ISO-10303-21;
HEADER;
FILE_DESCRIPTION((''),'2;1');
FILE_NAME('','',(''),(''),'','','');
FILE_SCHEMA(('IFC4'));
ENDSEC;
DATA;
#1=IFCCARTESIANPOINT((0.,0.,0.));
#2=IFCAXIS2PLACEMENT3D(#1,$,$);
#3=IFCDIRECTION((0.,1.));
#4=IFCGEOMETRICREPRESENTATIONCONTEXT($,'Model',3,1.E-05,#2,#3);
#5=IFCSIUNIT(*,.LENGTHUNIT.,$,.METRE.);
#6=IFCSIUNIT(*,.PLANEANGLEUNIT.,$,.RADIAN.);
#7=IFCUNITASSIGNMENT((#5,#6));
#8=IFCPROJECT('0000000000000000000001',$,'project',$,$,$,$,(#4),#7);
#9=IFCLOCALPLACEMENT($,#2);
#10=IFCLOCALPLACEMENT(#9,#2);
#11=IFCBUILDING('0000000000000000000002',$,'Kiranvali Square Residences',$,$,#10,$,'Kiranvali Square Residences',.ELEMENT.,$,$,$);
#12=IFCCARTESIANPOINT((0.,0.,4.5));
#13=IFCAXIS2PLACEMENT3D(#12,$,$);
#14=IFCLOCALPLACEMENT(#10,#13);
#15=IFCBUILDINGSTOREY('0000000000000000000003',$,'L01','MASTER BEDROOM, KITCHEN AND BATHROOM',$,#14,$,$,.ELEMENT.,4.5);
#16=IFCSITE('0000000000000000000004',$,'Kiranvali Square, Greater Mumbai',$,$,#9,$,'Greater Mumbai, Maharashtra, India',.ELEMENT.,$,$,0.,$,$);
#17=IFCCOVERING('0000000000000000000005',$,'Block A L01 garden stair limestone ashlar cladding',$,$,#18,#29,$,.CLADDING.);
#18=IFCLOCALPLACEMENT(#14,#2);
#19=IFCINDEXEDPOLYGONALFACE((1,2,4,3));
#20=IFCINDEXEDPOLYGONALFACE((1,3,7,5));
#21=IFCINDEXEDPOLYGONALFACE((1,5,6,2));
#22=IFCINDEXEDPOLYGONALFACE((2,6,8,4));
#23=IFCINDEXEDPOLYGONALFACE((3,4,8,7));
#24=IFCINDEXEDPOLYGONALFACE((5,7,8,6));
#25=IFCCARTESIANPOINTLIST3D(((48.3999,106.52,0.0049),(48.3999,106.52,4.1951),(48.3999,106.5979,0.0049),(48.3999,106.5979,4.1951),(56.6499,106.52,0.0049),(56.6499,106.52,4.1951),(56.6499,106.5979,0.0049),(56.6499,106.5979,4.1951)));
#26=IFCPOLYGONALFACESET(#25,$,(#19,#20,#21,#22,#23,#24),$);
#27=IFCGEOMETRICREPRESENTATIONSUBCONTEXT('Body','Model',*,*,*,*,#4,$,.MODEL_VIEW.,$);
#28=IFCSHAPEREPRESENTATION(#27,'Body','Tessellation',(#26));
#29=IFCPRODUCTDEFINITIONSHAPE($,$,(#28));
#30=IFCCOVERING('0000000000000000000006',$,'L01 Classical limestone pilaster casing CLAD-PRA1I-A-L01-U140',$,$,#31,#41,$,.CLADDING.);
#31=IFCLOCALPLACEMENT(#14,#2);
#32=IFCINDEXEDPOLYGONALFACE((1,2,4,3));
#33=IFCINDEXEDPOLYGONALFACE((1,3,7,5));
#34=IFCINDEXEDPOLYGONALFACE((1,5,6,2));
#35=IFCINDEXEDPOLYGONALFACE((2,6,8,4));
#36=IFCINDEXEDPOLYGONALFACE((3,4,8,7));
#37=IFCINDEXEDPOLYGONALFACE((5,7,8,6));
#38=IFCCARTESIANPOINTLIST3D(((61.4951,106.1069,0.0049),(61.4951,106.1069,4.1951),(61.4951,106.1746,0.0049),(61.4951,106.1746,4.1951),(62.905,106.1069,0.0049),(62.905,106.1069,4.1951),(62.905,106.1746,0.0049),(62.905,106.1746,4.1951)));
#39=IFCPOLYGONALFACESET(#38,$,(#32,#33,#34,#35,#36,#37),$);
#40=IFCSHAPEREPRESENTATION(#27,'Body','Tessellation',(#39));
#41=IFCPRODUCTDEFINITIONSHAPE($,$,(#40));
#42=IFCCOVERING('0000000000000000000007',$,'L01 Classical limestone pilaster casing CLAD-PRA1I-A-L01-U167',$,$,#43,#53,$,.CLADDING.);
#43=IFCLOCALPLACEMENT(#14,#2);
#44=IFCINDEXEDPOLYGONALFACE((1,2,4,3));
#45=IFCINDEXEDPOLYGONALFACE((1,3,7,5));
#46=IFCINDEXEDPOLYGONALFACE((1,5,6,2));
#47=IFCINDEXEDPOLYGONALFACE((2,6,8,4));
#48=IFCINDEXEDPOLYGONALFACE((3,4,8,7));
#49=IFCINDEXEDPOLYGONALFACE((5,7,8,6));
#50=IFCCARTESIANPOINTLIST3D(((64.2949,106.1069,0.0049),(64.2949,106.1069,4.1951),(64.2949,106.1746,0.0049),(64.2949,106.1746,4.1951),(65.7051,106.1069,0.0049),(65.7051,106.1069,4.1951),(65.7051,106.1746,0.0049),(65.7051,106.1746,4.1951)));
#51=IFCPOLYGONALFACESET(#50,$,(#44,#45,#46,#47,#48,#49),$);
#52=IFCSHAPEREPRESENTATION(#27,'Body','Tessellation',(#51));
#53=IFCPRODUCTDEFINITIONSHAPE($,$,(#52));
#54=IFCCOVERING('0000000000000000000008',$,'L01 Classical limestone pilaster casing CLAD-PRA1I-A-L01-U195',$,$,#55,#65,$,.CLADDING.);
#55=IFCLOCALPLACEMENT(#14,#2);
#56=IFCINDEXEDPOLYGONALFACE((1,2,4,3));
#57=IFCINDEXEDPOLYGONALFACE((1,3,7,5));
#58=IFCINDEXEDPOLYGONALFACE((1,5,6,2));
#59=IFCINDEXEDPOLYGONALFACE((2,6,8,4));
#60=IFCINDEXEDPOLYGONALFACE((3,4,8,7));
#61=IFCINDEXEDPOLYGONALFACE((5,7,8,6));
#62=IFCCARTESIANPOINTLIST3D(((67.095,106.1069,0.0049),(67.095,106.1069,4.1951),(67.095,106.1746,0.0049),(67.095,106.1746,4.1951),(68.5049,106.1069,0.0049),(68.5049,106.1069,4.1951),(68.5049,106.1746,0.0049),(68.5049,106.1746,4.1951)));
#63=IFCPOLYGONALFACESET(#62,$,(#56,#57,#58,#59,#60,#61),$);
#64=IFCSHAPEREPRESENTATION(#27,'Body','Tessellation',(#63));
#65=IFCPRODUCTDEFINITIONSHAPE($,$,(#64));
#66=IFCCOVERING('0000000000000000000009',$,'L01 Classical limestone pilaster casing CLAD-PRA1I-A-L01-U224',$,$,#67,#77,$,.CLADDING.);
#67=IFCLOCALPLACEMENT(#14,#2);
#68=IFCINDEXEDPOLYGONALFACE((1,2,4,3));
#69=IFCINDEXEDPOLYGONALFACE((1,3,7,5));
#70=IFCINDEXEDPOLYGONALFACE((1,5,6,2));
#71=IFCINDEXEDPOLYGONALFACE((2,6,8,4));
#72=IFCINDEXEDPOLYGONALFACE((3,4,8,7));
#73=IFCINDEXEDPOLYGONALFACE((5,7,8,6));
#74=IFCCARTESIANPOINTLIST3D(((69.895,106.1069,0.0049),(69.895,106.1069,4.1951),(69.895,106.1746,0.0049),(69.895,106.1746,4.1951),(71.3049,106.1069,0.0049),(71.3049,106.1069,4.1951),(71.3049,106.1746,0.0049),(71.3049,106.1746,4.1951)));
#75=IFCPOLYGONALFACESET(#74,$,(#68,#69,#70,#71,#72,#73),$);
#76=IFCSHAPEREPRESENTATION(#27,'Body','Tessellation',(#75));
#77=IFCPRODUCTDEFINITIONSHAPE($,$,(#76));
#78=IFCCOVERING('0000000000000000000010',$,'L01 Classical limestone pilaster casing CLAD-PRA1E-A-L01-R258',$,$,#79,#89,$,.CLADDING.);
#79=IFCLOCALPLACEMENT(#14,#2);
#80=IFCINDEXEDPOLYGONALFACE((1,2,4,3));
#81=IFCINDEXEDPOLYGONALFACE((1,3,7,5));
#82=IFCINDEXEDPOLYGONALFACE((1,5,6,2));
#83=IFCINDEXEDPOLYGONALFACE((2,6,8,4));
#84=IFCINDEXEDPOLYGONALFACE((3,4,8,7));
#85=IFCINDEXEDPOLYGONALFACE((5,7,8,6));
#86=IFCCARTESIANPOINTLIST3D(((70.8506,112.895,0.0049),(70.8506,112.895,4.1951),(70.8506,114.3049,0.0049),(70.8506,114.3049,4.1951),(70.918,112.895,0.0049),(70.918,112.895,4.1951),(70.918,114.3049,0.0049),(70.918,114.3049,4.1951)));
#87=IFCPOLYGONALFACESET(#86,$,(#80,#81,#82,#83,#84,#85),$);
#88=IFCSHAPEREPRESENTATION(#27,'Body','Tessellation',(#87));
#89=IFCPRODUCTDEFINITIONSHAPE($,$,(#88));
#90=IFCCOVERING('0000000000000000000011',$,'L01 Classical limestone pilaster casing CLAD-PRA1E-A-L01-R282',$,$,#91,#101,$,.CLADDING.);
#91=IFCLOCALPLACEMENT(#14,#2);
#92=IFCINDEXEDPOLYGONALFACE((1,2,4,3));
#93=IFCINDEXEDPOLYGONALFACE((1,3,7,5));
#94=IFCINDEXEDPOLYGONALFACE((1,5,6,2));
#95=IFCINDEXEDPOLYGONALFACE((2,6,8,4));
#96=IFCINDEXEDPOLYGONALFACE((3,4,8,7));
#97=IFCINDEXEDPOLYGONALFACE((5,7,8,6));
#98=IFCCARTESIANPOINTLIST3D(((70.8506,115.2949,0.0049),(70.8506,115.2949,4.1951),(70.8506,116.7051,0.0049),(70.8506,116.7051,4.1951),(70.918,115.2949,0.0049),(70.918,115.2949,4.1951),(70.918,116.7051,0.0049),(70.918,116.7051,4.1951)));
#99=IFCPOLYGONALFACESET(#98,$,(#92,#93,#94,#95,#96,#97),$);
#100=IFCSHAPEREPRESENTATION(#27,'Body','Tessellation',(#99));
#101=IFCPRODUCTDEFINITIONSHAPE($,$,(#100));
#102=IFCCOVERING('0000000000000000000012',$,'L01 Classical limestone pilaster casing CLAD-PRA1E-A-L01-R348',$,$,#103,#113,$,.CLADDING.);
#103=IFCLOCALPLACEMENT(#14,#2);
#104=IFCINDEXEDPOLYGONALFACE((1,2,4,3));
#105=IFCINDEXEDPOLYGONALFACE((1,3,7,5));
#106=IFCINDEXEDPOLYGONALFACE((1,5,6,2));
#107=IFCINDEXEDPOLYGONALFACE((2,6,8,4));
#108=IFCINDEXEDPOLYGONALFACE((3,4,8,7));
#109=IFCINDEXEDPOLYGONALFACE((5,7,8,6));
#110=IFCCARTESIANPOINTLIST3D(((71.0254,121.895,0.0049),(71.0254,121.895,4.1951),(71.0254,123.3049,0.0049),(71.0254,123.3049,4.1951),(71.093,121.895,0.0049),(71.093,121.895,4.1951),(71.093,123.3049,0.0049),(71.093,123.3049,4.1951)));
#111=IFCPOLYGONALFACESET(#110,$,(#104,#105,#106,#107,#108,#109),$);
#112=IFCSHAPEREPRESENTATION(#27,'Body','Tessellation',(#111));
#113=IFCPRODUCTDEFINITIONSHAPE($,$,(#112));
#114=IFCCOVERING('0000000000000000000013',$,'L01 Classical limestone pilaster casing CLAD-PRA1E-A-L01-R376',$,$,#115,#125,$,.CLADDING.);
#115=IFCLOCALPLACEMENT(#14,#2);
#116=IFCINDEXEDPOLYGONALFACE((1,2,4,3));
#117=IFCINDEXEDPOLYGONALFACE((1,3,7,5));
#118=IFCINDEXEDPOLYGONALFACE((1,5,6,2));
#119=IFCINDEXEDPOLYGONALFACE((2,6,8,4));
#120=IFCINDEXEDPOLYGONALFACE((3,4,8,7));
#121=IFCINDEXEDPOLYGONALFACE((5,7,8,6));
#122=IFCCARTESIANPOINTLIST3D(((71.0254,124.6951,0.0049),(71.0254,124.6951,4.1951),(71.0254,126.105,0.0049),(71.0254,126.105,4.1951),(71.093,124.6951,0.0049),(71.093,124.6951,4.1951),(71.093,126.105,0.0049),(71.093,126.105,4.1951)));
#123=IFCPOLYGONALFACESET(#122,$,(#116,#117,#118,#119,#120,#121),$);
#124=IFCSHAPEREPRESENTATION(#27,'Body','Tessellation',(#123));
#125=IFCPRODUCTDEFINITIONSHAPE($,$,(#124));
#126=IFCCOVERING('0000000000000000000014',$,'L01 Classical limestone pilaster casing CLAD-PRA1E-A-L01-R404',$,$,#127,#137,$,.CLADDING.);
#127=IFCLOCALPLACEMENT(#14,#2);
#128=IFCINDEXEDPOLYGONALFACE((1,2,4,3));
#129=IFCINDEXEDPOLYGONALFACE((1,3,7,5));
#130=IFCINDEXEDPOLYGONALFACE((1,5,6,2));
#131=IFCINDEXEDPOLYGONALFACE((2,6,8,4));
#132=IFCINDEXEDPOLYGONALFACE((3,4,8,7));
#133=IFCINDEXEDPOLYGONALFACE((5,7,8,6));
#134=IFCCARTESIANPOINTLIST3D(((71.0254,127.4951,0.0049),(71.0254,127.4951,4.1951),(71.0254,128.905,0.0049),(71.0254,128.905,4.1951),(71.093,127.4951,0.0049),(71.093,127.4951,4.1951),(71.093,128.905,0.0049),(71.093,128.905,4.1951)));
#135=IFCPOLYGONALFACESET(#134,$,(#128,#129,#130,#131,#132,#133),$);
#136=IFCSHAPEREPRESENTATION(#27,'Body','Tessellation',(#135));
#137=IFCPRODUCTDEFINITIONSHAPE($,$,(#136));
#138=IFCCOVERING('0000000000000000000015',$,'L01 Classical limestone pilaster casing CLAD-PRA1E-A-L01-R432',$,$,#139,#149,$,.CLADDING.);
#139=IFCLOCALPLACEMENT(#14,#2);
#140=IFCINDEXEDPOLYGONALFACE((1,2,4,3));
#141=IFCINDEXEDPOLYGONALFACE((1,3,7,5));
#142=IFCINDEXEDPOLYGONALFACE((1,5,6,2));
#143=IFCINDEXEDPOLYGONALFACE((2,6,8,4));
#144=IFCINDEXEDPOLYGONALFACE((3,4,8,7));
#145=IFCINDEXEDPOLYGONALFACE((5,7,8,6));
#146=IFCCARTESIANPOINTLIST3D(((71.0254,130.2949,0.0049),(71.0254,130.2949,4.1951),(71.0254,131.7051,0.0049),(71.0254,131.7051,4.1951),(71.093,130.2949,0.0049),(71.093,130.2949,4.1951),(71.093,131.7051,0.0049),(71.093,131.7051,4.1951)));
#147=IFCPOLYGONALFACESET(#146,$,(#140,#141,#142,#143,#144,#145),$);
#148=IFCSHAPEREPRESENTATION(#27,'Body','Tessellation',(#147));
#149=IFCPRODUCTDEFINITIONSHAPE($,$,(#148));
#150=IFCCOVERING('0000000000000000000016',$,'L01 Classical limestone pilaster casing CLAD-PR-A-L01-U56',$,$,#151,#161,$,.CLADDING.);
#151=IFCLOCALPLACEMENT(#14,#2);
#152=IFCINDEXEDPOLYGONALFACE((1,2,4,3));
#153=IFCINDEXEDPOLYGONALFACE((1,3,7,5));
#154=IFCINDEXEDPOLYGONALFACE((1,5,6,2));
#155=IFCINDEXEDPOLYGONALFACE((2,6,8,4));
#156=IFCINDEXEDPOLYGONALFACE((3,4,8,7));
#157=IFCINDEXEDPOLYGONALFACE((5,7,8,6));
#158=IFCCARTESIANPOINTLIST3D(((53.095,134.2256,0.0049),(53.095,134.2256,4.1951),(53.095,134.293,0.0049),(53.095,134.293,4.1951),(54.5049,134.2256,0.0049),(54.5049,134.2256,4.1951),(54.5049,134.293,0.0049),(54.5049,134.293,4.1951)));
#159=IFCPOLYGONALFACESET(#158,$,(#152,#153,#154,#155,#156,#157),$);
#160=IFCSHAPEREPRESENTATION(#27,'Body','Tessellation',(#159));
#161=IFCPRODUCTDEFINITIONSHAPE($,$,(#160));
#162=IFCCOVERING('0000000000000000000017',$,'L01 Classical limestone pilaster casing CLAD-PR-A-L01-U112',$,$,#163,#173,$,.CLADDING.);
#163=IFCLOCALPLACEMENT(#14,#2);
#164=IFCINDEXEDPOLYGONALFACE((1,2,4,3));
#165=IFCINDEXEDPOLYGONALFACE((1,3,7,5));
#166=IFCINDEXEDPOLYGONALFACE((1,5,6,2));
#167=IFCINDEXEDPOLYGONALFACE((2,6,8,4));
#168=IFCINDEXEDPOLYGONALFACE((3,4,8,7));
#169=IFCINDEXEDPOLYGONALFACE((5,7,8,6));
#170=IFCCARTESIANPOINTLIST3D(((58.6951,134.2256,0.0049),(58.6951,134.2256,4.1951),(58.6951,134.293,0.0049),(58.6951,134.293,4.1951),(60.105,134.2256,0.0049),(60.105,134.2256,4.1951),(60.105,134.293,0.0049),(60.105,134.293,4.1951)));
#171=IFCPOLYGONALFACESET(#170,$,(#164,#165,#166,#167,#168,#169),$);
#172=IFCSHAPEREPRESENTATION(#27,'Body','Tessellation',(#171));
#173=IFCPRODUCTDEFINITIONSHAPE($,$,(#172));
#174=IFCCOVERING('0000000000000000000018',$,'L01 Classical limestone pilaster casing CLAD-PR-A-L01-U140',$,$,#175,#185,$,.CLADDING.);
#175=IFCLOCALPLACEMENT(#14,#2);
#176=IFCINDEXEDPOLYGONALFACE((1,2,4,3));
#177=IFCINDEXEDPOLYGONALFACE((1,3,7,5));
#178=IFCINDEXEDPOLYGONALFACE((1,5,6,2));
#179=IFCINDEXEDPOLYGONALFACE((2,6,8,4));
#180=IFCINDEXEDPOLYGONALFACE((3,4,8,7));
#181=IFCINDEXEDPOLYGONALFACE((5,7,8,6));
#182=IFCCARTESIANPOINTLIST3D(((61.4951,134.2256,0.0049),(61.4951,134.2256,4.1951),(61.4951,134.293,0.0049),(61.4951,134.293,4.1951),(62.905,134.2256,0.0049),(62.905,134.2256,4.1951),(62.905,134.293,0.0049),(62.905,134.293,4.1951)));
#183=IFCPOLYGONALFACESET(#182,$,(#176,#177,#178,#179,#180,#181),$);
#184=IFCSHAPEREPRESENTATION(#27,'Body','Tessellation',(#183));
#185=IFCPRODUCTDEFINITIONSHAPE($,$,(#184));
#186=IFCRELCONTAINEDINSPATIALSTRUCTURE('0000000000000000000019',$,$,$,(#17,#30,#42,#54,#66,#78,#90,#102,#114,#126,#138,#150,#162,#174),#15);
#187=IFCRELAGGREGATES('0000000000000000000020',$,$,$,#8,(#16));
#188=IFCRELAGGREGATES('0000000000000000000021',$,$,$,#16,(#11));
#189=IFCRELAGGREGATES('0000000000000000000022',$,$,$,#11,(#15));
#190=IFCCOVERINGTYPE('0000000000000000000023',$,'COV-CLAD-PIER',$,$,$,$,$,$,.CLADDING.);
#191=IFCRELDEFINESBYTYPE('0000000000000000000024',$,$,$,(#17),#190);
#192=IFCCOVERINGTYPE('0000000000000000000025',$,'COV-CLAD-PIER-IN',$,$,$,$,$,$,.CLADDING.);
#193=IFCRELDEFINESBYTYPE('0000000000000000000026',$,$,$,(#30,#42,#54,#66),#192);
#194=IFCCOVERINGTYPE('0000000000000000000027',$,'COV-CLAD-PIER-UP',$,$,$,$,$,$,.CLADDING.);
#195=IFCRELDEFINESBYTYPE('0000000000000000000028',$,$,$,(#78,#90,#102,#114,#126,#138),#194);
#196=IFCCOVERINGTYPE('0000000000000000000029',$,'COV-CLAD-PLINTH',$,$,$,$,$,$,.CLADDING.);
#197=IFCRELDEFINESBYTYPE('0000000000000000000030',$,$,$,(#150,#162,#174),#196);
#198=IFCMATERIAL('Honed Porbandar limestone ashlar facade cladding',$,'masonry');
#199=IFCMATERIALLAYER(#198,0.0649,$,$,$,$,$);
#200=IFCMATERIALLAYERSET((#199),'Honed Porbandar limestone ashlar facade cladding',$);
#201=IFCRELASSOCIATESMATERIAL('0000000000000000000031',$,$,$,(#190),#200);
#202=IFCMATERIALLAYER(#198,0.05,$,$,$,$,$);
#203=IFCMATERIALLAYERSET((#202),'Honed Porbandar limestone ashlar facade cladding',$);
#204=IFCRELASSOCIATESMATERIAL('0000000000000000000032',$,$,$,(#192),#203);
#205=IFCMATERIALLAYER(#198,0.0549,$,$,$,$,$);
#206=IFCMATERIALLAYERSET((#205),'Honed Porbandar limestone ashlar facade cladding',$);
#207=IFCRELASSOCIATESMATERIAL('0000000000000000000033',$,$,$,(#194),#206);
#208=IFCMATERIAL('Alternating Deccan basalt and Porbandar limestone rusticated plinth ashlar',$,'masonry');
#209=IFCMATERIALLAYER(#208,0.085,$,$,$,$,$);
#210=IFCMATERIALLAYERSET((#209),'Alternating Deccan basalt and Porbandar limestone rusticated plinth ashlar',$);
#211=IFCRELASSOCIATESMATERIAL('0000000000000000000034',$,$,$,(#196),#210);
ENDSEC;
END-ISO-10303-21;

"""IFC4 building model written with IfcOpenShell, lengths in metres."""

from ifc_helpers import new_model, si_unit, direction, frame, origin, place, context, subcontext, project, spatial, polyline, outline, extrude, material, layer, layer_set, type_object, element, save


model = new_model("IFC4")

# Units and contexts
model_context = context("Model", 3, precision=1e-05, world=origin(), true_north=direction((0.0, 1.0)))
body_context = subcontext(model_context, "Body", "Model", "MODEL_VIEW")
ifc_project = project(units=[si_unit("LENGTHUNIT", "METRE"), si_unit("PLANEANGLEUNIT", "RADIAN")], contexts=[model_context])

# Site, building, storey
site_placement = place(None, origin())
site = spatial("IfcSite", under=ifc_project, at=site_placement, Name="Kiranvali Square, Greater Mumbai", LongName="Greater Mumbai, Maharashtra, India", CompositionType="ELEMENT", RefElevation=0.0)
building_placement = place(site_placement, origin())
building = spatial("IfcBuilding", under=site, at=building_placement, Name="Kiranvali Square Residences", LongName="Kiranvali Square Residences", CompositionType="ELEMENT")
storey_placement = place(building_placement, frame((0.0, 0.0, 4.5)))
storey = spatial("IfcBuildingStorey", under=building, at=storey_placement, Name="L01", Description="MASTER BEDROOM, KITCHEN AND BATHROOM", CompositionType="ELEMENT", Elevation=4.5)

# Coverings
ifc_material_1 = material(Name="Honed Porbandar limestone ashlar facade cladding", Category="masonry")
ifc_layer_1 = layer(ifc_material_1, 0.0649)
ifc_layer_set_1 = layer_set([ifc_layer_1], Name="Honed Porbandar limestone ashlar facade cladding")
covering_type_1 = type_object("IfcCoveringType", Name="COV-CLAD-PIER", PredefinedType="CLADDING", material=ifc_layer_set_1)
covering_1_placement = place(storey_placement, frame((0.0, 0.0, 0.0049)))
element("IfcCovering", 1, at=covering_1_placement, inside=storey, type_object=covering_type_1, Name="Block A L01 garden stair limestone ashlar cladding", PredefinedType="CLADDING", context=body_context, shape_type="SweptSolid", body=[
    extrude(outline(polyline([(48.3999, 106.52), (56.6499, 106.52), (56.6499, 106.5979), (48.3999, 106.5979), (48.3999, 106.52)])), origin(), (0.0, 0.0, 1.0), 4.1902),
])
ifc_layer_2 = layer(ifc_material_1, 0.05)
ifc_layer_set_2 = layer_set([ifc_layer_2], Name="Honed Porbandar limestone ashlar facade cladding")
covering_type_2 = type_object("IfcCoveringType", Name="COV-CLAD-PIER-IN", PredefinedType="CLADDING", material=ifc_layer_set_2)
covering_2_placement = place(storey_placement, frame((0.0, 0.0, 0.0049)))
element("IfcCovering", 2, at=covering_2_placement, inside=storey, type_object=covering_type_2, Name="L01 Classical limestone pilaster casing CLAD-PRA1I-A-L01-U140", PredefinedType="CLADDING", context=body_context, shape_type="SweptSolid", body=[
    extrude(outline(polyline([(61.4951, 106.1069), (62.905, 106.1069), (62.905, 106.1746), (61.4951, 106.1746), (61.4951, 106.1069)])), origin(), (0.0, 0.0, 1.0), 4.1902),
])
covering_3_placement = place(storey_placement, frame((0.0, 0.0, 0.0049)))
element("IfcCovering", 3, at=covering_3_placement, inside=storey, type_object=covering_type_2, Name="L01 Classical limestone pilaster casing CLAD-PRA1I-A-L01-U167", PredefinedType="CLADDING", context=body_context, shape_type="SweptSolid", body=[
    extrude(outline(polyline([(64.2949, 106.1069), (65.7051, 106.1069), (65.7051, 106.1746), (64.2949, 106.1746), (64.2949, 106.1069)])), origin(), (0.0, 0.0, 1.0), 4.1902),
])
covering_4_placement = place(storey_placement, frame((0.0, 0.0, 0.0049)))
element("IfcCovering", 4, at=covering_4_placement, inside=storey, type_object=covering_type_2, Name="L01 Classical limestone pilaster casing CLAD-PRA1I-A-L01-U195", PredefinedType="CLADDING", context=body_context, shape_type="SweptSolid", body=[
    extrude(outline(polyline([(67.095, 106.1069), (68.5049, 106.1069), (68.5049, 106.1746), (67.095, 106.1746), (67.095, 106.1069)])), origin(), (0.0, 0.0, 1.0), 4.1902),
])
covering_5_placement = place(storey_placement, frame((0.0, 0.0, 0.0049)))
element("IfcCovering", 5, at=covering_5_placement, inside=storey, type_object=covering_type_2, Name="L01 Classical limestone pilaster casing CLAD-PRA1I-A-L01-U224", PredefinedType="CLADDING", context=body_context, shape_type="SweptSolid", body=[
    extrude(outline(polyline([(69.895, 106.1069), (71.3049, 106.1069), (71.3049, 106.1746), (69.895, 106.1746), (69.895, 106.1069)])), origin(), (0.0, 0.0, 1.0), 4.1902),
])
ifc_layer_3 = layer(ifc_material_1, 0.0549)
ifc_layer_set_3 = layer_set([ifc_layer_3], Name="Honed Porbandar limestone ashlar facade cladding")
covering_type_3 = type_object("IfcCoveringType", Name="COV-CLAD-PIER-UP", PredefinedType="CLADDING", material=ifc_layer_set_3)
covering_6_placement = place(storey_placement, frame((0.0, 0.0, 0.0049)))
element("IfcCovering", 6, at=covering_6_placement, inside=storey, type_object=covering_type_3, Name="L01 Classical limestone pilaster casing CLAD-PRA1E-A-L01-R258", PredefinedType="CLADDING", context=body_context, shape_type="SweptSolid", body=[
    extrude(outline(polyline([(70.918, 112.895), (70.918, 114.3049), (70.8506, 114.3049), (70.8506, 112.895), (70.918, 112.895)])), origin(), (0.0, 0.0, 1.0), 4.1902),
])
covering_7_placement = place(storey_placement, frame((0.0, 0.0, 0.0049)))
element("IfcCovering", 7, at=covering_7_placement, inside=storey, type_object=covering_type_3, Name="L01 Classical limestone pilaster casing CLAD-PRA1E-A-L01-R282", PredefinedType="CLADDING", context=body_context, shape_type="SweptSolid", body=[
    extrude(outline(polyline([(70.918, 115.2949), (70.918, 116.7051), (70.8506, 116.7051), (70.8506, 115.2949), (70.918, 115.2949)])), origin(), (0.0, 0.0, 1.0), 4.1902),
])
covering_8_placement = place(storey_placement, frame((0.0, 0.0, 0.0049)))
element("IfcCovering", 8, at=covering_8_placement, inside=storey, type_object=covering_type_3, Name="L01 Classical limestone pilaster casing CLAD-PRA1E-A-L01-R348", PredefinedType="CLADDING", context=body_context, shape_type="SweptSolid", body=[
    extrude(outline(polyline([(71.093, 121.895), (71.093, 123.3049), (71.0254, 123.3049), (71.0254, 121.895), (71.093, 121.895)])), origin(), (0.0, 0.0, 1.0), 4.1902),
])
covering_9_placement = place(storey_placement, frame((0.0, 0.0, 0.0049)))
element("IfcCovering", 9, at=covering_9_placement, inside=storey, type_object=covering_type_3, Name="L01 Classical limestone pilaster casing CLAD-PRA1E-A-L01-R376", PredefinedType="CLADDING", context=body_context, shape_type="SweptSolid", body=[
    extrude(outline(polyline([(71.093, 124.6951), (71.093, 126.105), (71.0254, 126.105), (71.0254, 124.6951), (71.093, 124.6951)])), origin(), (0.0, 0.0, 1.0), 4.1902),
])
covering_10_placement = place(storey_placement, frame((0.0, 0.0, 0.0049)))
element("IfcCovering", 10, at=covering_10_placement, inside=storey, type_object=covering_type_3, Name="L01 Classical limestone pilaster casing CLAD-PRA1E-A-L01-R404", PredefinedType="CLADDING", context=body_context, shape_type="SweptSolid", body=[
    extrude(outline(polyline([(71.093, 127.4951), (71.093, 128.905), (71.0254, 128.905), (71.0254, 127.4951), (71.093, 127.4951)])), origin(), (0.0, 0.0, 1.0), 4.1902),
])
covering_11_placement = place(storey_placement, frame((0.0, 0.0, 0.0049)))
element("IfcCovering", 11, at=covering_11_placement, inside=storey, type_object=covering_type_3, Name="L01 Classical limestone pilaster casing CLAD-PRA1E-A-L01-R432", PredefinedType="CLADDING", context=body_context, shape_type="SweptSolid", body=[
    extrude(outline(polyline([(71.093, 130.2949), (71.093, 131.7051), (71.0254, 131.7051), (71.0254, 130.2949), (71.093, 130.2949)])), origin(), (0.0, 0.0, 1.0), 4.1902),
])
ifc_material_2 = material(Name="Alternating Deccan basalt and Porbandar limestone rusticated plinth ashlar", Category="masonry")
ifc_layer_4 = layer(ifc_material_2, 0.085)
ifc_layer_set_4 = layer_set([ifc_layer_4], Name="Alternating Deccan basalt and Porbandar limestone rusticated plinth ashlar")
covering_type_4 = type_object("IfcCoveringType", Name="COV-CLAD-PLINTH", PredefinedType="CLADDING", material=ifc_layer_set_4)
covering_12_placement = place(storey_placement, frame((0.0, 0.0, 0.0049)))
element("IfcCovering", 12, at=covering_12_placement, inside=storey, type_object=covering_type_4, Name="L01 Classical limestone pilaster casing CLAD-PR-A-L01-U56", PredefinedType="CLADDING", context=body_context, shape_type="SweptSolid", body=[
    extrude(outline(polyline([(53.095, 134.2256), (54.5049, 134.2256), (54.5049, 134.293), (53.095, 134.293), (53.095, 134.2256)])), origin(), (0.0, 0.0, 1.0), 4.1902),
])
covering_13_placement = place(storey_placement, frame((0.0, 0.0, 0.0049)))
element("IfcCovering", 13, at=covering_13_placement, inside=storey, type_object=covering_type_4, Name="L01 Classical limestone pilaster casing CLAD-PR-A-L01-U112", PredefinedType="CLADDING", context=body_context, shape_type="SweptSolid", body=[
    extrude(outline(polyline([(58.6951, 134.2256), (60.105, 134.2256), (60.105, 134.293), (58.6951, 134.293), (58.6951, 134.2256)])), origin(), (0.0, 0.0, 1.0), 4.1902),
])
covering_14_placement = place(storey_placement, frame((0.0, 0.0, 0.0049)))
element("IfcCovering", 14, at=covering_14_placement, inside=storey, type_object=covering_type_4, Name="L01 Classical limestone pilaster casing CLAD-PR-A-L01-U140", PredefinedType="CLADDING", context=body_context, shape_type="SweptSolid", body=[
    extrude(outline(polyline([(61.4951, 134.2256), (62.905, 134.2256), (62.905, 134.293), (61.4951, 134.293), (61.4951, 134.2256)])), origin(), (0.0, 0.0, 1.0), 4.1902),
])

save(model, "model.ifc")
